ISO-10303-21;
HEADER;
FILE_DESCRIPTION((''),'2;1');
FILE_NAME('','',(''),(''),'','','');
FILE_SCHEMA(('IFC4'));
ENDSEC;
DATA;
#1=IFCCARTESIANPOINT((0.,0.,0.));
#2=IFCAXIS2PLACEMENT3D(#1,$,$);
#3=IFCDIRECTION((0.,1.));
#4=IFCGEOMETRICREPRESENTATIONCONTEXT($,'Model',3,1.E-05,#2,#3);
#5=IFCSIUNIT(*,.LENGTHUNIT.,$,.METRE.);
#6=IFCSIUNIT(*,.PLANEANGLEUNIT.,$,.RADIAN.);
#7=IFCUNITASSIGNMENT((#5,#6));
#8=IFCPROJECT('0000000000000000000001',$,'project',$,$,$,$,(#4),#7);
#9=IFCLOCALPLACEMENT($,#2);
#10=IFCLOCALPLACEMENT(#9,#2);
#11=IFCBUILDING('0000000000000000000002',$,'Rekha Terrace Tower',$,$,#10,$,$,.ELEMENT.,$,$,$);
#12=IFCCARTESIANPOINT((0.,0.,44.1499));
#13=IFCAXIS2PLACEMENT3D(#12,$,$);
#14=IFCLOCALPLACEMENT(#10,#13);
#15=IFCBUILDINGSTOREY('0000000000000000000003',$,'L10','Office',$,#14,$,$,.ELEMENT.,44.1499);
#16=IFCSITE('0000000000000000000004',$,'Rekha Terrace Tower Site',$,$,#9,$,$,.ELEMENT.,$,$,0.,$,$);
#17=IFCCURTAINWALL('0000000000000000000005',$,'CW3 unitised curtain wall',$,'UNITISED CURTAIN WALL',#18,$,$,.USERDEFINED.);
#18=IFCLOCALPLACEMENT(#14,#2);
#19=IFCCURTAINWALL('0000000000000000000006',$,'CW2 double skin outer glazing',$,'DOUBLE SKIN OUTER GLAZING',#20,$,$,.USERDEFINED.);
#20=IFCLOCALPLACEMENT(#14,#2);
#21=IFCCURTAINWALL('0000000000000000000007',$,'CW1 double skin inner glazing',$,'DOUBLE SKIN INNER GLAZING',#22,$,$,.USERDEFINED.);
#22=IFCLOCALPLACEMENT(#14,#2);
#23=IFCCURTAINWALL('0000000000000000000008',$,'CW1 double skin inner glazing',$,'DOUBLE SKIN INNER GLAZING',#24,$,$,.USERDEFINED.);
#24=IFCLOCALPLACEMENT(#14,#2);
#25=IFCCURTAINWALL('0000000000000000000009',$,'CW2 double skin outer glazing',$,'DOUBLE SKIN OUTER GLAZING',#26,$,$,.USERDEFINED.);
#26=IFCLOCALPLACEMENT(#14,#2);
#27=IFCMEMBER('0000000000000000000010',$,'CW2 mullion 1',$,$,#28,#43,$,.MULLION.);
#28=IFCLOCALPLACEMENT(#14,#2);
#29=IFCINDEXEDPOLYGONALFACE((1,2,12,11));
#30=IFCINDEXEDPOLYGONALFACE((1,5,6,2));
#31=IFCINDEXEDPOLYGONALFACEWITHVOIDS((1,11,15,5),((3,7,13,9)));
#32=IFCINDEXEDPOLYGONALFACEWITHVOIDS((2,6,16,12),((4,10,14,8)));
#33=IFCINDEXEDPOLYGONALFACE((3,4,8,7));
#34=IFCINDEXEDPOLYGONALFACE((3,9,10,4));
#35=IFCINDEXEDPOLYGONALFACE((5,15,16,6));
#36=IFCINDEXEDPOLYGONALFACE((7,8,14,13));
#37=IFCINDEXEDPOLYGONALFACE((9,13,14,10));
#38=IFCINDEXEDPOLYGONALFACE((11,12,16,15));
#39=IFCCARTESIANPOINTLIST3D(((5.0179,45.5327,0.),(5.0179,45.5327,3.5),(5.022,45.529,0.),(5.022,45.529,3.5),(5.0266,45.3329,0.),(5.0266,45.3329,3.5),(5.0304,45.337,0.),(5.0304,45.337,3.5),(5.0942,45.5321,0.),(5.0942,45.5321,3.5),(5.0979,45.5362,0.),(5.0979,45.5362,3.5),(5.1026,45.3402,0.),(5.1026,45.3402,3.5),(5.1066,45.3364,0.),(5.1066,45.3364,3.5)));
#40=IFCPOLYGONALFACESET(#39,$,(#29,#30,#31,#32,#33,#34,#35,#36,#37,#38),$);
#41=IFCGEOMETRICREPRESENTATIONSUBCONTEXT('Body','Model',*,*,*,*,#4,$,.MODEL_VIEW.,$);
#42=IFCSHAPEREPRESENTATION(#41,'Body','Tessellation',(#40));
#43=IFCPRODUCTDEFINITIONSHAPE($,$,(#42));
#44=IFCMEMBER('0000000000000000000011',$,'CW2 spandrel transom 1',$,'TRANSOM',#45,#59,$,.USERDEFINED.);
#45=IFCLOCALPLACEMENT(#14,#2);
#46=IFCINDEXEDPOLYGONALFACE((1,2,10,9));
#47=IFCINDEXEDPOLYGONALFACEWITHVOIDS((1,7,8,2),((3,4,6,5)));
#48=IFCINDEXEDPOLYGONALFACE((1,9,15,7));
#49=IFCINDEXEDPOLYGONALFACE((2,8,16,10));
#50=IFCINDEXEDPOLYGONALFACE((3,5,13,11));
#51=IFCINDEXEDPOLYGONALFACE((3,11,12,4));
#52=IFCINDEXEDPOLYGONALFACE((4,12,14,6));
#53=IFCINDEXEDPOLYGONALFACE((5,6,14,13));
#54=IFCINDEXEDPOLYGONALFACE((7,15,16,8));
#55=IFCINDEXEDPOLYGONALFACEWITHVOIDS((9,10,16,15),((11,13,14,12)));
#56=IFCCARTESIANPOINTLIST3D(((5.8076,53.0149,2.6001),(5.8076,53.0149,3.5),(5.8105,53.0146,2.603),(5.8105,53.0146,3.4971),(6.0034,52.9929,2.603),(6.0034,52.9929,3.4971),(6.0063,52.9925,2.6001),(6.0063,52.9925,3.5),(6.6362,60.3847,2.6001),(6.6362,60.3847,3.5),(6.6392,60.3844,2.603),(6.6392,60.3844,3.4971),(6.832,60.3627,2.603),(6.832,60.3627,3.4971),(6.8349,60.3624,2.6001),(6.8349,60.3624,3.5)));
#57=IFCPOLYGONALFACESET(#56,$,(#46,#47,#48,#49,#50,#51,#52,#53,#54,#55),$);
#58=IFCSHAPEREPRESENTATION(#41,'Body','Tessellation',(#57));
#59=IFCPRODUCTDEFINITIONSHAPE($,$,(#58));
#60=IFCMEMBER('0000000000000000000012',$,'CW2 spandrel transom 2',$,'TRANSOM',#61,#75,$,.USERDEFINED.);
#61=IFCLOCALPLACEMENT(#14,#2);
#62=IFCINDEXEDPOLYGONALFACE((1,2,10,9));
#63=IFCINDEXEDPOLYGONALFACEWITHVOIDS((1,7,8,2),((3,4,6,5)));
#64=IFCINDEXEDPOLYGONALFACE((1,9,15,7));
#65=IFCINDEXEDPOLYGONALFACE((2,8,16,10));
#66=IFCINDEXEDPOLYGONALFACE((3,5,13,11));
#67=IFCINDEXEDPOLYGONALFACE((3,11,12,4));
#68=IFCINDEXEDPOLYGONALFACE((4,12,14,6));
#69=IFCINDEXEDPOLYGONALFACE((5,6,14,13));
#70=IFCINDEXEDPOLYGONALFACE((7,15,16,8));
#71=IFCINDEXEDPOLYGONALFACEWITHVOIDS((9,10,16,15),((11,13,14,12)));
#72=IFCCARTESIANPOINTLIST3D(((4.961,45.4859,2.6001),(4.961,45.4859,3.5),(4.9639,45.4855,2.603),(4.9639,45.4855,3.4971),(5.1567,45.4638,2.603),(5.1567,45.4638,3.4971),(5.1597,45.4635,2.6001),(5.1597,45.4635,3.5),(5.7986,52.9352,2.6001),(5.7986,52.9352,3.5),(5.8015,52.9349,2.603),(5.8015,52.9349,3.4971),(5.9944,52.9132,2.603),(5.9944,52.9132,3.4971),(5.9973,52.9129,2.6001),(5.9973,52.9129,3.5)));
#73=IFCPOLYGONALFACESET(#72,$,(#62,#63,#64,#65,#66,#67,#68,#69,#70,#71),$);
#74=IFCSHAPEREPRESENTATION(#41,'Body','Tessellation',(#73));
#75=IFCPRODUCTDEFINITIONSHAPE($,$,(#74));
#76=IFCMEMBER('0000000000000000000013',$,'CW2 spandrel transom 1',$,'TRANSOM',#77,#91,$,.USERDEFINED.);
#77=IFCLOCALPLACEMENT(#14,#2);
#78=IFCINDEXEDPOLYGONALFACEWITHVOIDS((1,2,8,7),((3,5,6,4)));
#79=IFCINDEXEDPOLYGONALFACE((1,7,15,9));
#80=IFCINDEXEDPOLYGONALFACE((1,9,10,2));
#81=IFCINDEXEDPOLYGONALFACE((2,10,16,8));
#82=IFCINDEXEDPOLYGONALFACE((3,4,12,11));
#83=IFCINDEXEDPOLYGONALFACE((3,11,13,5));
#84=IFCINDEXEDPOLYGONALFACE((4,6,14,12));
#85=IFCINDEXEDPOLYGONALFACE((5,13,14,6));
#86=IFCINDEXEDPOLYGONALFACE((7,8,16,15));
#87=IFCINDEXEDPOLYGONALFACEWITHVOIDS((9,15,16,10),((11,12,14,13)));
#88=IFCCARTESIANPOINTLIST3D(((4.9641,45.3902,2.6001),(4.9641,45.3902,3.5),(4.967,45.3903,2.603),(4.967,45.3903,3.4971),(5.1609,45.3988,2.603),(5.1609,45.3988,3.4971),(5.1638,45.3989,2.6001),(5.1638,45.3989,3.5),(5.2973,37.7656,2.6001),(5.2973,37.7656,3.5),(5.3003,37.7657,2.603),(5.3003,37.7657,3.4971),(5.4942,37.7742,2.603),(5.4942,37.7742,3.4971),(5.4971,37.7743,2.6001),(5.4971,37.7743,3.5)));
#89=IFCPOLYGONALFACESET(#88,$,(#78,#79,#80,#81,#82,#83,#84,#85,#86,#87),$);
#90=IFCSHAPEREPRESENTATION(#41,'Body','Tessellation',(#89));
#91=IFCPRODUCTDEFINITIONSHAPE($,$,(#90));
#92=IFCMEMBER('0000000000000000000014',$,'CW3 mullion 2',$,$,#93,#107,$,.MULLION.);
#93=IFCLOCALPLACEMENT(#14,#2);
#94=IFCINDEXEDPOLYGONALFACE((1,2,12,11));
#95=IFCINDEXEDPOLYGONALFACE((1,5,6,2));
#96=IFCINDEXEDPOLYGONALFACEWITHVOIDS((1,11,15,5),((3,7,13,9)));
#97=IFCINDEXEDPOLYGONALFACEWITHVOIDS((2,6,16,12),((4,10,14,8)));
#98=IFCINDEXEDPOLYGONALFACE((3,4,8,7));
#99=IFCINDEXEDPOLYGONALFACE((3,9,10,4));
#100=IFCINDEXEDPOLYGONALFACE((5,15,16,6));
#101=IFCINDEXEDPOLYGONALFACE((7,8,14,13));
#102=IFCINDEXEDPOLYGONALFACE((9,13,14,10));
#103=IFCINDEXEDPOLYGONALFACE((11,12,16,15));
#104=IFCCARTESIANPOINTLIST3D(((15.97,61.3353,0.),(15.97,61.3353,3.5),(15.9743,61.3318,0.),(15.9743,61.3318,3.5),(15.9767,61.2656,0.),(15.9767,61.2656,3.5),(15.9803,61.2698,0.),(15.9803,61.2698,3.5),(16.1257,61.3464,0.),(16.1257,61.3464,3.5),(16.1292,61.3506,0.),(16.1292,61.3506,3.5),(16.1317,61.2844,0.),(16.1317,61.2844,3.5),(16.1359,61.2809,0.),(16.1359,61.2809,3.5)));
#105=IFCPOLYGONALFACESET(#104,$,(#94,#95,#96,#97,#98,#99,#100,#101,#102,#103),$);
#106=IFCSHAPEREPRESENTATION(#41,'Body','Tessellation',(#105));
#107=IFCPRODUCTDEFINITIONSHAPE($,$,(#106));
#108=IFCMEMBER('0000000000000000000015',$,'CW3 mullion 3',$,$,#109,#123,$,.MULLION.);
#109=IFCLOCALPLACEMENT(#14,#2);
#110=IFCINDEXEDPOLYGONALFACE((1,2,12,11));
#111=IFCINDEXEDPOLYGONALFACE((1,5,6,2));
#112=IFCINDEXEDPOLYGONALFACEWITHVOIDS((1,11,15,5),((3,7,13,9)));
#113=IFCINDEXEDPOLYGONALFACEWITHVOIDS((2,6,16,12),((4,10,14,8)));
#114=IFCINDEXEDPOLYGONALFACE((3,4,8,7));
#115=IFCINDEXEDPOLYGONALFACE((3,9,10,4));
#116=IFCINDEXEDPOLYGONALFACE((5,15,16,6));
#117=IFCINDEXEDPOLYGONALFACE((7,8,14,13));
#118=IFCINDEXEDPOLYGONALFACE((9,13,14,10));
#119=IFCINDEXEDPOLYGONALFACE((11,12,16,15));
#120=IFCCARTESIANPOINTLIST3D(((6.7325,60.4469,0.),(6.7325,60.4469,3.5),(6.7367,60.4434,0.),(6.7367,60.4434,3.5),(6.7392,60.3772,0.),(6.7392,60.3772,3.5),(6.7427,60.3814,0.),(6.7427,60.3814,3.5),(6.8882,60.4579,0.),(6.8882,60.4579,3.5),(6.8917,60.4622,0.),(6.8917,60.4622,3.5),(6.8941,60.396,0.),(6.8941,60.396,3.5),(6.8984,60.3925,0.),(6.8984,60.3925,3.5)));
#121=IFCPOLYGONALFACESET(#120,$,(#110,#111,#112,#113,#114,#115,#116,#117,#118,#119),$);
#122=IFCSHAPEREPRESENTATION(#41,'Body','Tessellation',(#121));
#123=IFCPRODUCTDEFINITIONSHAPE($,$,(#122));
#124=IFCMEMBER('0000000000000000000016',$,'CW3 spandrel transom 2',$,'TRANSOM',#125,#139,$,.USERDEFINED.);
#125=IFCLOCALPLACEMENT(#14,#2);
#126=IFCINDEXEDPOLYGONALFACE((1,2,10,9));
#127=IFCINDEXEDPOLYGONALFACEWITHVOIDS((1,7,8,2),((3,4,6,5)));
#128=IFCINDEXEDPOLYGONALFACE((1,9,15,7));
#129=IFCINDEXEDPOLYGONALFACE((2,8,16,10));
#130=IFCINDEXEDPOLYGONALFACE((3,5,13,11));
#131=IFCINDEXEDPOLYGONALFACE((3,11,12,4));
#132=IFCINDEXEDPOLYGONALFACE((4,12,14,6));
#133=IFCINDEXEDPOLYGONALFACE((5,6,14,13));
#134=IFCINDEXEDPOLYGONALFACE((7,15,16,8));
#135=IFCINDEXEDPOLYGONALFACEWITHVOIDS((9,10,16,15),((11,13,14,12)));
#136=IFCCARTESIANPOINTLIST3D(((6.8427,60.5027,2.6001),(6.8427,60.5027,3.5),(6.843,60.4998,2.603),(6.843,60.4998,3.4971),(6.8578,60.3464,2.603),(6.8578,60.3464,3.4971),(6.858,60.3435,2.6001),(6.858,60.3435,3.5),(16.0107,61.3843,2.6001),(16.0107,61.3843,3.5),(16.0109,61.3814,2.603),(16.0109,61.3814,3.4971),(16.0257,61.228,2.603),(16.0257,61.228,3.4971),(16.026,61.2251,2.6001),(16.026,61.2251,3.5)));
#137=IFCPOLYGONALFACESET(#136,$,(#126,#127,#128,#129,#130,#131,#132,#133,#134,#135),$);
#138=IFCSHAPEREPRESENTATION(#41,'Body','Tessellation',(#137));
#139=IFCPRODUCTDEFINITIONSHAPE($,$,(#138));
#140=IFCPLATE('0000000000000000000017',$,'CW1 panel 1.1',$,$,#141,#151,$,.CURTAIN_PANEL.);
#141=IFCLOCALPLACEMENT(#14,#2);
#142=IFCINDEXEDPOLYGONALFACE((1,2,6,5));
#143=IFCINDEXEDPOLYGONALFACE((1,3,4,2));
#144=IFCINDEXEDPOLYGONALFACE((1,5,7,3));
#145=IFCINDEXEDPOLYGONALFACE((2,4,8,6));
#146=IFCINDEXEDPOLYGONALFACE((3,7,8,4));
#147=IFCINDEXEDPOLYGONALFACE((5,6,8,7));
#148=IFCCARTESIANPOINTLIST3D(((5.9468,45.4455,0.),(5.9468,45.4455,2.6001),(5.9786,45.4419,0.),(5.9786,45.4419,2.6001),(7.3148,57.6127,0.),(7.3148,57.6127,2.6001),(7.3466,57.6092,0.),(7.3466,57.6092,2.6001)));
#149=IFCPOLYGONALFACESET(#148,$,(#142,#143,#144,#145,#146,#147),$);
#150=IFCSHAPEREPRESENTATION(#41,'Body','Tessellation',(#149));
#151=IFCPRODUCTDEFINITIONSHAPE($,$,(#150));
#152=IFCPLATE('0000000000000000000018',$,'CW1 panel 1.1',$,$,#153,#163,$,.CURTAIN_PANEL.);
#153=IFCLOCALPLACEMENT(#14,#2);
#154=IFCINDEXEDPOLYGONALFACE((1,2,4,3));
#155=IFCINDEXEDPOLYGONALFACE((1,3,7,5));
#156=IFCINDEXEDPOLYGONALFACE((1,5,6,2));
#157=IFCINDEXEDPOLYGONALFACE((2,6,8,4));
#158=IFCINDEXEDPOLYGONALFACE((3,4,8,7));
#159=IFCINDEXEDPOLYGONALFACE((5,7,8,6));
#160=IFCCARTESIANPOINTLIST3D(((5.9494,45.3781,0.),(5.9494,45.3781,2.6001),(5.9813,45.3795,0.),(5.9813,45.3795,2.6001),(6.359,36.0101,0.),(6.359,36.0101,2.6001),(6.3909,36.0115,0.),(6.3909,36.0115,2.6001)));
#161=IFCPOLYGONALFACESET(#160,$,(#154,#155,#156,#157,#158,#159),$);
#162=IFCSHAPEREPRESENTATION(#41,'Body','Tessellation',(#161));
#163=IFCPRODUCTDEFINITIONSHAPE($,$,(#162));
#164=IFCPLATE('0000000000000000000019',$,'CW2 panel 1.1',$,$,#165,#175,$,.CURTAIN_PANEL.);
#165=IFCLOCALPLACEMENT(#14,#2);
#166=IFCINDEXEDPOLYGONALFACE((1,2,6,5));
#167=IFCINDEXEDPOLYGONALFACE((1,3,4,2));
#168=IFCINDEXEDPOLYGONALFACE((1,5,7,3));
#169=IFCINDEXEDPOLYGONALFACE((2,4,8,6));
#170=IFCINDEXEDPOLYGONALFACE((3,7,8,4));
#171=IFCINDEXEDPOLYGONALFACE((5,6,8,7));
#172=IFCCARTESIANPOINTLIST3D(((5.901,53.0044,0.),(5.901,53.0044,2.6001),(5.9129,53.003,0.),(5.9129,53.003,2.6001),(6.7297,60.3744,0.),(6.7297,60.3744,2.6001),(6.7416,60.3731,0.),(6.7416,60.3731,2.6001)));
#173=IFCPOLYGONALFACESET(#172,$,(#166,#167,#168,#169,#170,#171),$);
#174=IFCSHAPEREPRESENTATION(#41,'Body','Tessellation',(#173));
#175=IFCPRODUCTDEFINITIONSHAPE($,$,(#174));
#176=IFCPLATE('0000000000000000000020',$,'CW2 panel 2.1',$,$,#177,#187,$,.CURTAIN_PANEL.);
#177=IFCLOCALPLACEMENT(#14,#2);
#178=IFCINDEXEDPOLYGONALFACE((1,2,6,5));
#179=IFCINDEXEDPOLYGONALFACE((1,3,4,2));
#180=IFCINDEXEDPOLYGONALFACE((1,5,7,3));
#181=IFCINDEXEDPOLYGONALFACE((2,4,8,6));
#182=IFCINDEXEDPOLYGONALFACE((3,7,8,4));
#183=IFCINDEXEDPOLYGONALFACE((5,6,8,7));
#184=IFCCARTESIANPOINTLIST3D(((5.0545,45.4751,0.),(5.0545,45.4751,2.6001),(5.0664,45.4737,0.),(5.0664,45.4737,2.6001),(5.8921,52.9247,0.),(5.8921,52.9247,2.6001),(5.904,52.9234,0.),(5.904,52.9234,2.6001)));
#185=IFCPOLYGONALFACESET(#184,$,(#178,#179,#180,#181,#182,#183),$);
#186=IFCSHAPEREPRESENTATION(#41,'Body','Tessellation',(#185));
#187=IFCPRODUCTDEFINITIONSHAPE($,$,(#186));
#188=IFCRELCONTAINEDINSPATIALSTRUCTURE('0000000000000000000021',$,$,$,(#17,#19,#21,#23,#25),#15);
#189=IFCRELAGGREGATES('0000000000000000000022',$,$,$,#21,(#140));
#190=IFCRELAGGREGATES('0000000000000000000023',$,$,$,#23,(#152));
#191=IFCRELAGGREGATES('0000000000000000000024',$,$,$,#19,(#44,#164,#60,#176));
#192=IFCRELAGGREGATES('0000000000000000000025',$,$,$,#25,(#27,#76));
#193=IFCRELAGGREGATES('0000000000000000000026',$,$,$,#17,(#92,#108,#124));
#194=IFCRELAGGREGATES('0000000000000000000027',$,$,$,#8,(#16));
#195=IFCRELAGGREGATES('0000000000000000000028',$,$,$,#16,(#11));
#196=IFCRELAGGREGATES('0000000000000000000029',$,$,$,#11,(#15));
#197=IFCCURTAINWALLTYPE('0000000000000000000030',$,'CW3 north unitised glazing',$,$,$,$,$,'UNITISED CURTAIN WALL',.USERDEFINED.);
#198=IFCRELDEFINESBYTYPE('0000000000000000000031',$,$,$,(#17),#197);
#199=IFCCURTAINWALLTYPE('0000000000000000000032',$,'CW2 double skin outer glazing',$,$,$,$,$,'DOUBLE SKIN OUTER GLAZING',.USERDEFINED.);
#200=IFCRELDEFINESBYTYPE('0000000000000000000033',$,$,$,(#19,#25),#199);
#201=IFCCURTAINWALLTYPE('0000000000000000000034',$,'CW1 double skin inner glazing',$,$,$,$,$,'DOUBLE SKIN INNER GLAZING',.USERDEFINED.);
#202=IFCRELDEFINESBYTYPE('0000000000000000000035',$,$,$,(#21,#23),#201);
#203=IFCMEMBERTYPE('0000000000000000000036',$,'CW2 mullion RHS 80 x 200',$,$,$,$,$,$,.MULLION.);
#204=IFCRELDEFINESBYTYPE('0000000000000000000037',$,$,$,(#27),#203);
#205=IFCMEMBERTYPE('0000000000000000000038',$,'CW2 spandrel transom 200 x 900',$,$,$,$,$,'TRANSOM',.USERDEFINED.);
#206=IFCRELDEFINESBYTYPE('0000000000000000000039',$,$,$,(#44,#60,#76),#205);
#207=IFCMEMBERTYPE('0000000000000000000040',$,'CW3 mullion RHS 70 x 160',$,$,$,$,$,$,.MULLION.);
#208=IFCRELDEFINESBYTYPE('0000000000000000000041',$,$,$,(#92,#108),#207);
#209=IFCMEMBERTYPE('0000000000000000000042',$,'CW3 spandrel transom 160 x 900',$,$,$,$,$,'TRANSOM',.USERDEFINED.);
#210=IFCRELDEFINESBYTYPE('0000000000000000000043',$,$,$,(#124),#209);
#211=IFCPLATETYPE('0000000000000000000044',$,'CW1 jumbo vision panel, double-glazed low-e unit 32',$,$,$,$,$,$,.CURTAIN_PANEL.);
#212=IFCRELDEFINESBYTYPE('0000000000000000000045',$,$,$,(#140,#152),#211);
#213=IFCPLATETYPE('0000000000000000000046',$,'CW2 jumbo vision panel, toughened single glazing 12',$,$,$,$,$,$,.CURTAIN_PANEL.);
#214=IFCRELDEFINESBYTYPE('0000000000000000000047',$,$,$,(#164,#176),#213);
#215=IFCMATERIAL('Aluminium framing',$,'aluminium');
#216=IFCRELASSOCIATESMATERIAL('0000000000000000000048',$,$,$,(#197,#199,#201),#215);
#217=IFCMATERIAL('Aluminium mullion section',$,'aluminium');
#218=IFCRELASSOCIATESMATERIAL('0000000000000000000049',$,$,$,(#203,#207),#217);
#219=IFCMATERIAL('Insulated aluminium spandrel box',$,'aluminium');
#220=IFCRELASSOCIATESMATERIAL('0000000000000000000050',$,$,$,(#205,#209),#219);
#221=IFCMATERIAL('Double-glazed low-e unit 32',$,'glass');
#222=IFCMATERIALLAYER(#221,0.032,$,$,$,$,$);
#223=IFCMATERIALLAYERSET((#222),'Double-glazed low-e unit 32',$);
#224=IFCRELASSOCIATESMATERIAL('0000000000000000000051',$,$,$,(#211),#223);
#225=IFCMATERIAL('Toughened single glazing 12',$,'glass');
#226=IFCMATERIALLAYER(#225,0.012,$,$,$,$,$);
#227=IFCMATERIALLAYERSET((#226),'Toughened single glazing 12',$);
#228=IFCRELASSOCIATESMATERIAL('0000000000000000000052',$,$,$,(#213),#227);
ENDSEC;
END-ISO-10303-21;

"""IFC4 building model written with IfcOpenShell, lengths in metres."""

from ifc_helpers import new_model, si_unit, direction, frame, origin, origin_2d, place, context, subcontext, project, spatial, rectangle, hollow_rectangle, extrude, material, layer, layer_set, material_profile, profile_set, type_object, element, aggregate, save


model = new_model("IFC4")

# Units and contexts
model_context = context("Model", 3, precision=1e-05, world=origin(), true_north=direction((0.0, 1.0)))
body_context = subcontext(model_context, "Body", "Model", "MODEL_VIEW")
ifc_project = project(units=[si_unit("LENGTHUNIT", "METRE"), si_unit("PLANEANGLEUNIT", "RADIAN")], contexts=[model_context])

# Site, building, storey
site_placement = place(None, origin())
site = spatial("IfcSite", under=ifc_project, at=site_placement, Name="Rekha Terrace Tower Site", CompositionType="ELEMENT", RefElevation=0.0)
building_placement = place(site_placement, origin())
building = spatial("IfcBuilding", under=site, at=building_placement, Name="Rekha Terrace Tower", CompositionType="ELEMENT")
storey_placement = place(building_placement, frame((0.0, 0.0, 44.1499)))
storey = spatial("IfcBuildingStorey", under=building, at=storey_placement, Name="L10", Description="Office", CompositionType="ELEMENT", Elevation=44.1499)

# Curtain walls
ifc_material_1 = material(Name="Aluminium framing", Category="aluminium")
curtain_wall_type_1 = type_object("IfcCurtainWallType", Name="CW3 north unitised glazing", ElementType="UNITISED CURTAIN WALL", PredefinedType="USERDEFINED", material=ifc_material_1)
curtain_wall_1_placement = place(storey_placement, origin())
curtain_wall_1 = element("IfcCurtainWall", 1, at=curtain_wall_1_placement, inside=storey, type_object=curtain_wall_type_1, Name="CW3 unitised curtain wall", ObjectType="UNITISED CURTAIN WALL", PredefinedType="USERDEFINED")
curtain_wall_type_2 = type_object("IfcCurtainWallType", Name="CW2 double skin outer glazing", ElementType="DOUBLE SKIN OUTER GLAZING", PredefinedType="USERDEFINED", material=ifc_material_1)
curtain_wall_2_placement = place(storey_placement, origin())
curtain_wall_2 = element("IfcCurtainWall", 2, at=curtain_wall_2_placement, inside=storey, type_object=curtain_wall_type_2, Name="CW2 double skin outer glazing", ObjectType="DOUBLE SKIN OUTER GLAZING", PredefinedType="USERDEFINED")
curtain_wall_type_3 = type_object("IfcCurtainWallType", Name="CW1 double skin inner glazing", ElementType="DOUBLE SKIN INNER GLAZING", PredefinedType="USERDEFINED", material=ifc_material_1)
curtain_wall_3_placement = place(storey_placement, origin())
curtain_wall_3 = element("IfcCurtainWall", 3, at=curtain_wall_3_placement, inside=storey, type_object=curtain_wall_type_3, Name="CW1 double skin inner glazing", ObjectType="DOUBLE SKIN INNER GLAZING", PredefinedType="USERDEFINED")
ifc_material_2 = material(Name="Aluminium mullion section", Category="aluminium")
curtain_wall_4_placement = place(storey_placement, origin())
curtain_wall_4 = element("IfcCurtainWall", 4, at=curtain_wall_4_placement, inside=storey, type_object=curtain_wall_type_3, Name="CW1 double skin inner glazing", ObjectType="DOUBLE SKIN INNER GLAZING", PredefinedType="USERDEFINED")

# Shared definitions
ifc_material_3 = material(Name="Insulated aluminium spandrel box", Category="aluminium")
ifc_material_profile_1 = material_profile(ifc_material_2, hollow_rectangle(XDim=0.0801, YDim=0.2, WallThickness=0.0039, at=origin_2d()), Name="AL RHS 80x200")
ifc_profile_set_1 = profile_set([ifc_material_profile_1], Name="Aluminium mullion section")
member_type_1 = type_object("IfcMemberType", Name="CW2 mullion RHS 80 x 200", PredefinedType="MULLION", material=ifc_profile_set_1)

# Curtain wall, member
curtain_wall_5_placement = place(storey_placement, origin())
curtain_wall_5 = element("IfcCurtainWall", 5, at=curtain_wall_5_placement, inside=storey, type_object=curtain_wall_type_2, Name="CW2 double skin outer glazing", ObjectType="DOUBLE SKIN OUTER GLAZING", PredefinedType="USERDEFINED")
member_1_placement = place(storey_placement, frame((5.0623, 45.4346, 0.0), z_axis=(0.0, 0.0, 1.0), x_axis=(0.999045, 0.043683, 0.0)))
member_1 = element("IfcMember", 6, at=member_1_placement, type_object=member_type_1, Name="CW2 mullion 1", PredefinedType="MULLION", context=body_context, shape_type="SweptSolid", body=[
    extrude(hollow_rectangle(XDim=0.0801, YDim=0.2, WallThickness=0.0039, at=origin_2d()), origin(), (0.0, 0.0, 1.0), 3.5),
])

# Members
ifc_material_profile_2 = material_profile(ifc_material_3, hollow_rectangle(XDim=0.2, YDim=0.8999, WallThickness=0.0029, at=origin_2d()), Name="AL SPANDREL BOX 200x900")
ifc_profile_set_2 = profile_set([ifc_material_profile_2], Name="Insulated aluminium spandrel box")
member_type_2 = type_object("IfcMemberType", Name="CW2 spandrel transom 200 x 900", ElementType="TRANSOM", PredefinedType="USERDEFINED", material=ifc_profile_set_2)
member_2_placement = place(storey_placement, frame((6.7356, 60.3735, 3.05), z_axis=(-0.111729, -0.993739, 0.0), x_axis=(0.993739, -0.111729, 0.0)))
member_2 = element("IfcMember", 7, at=member_2_placement, type_object=member_type_2, Name="CW2 spandrel transom 1", ObjectType="TRANSOM", PredefinedType="USERDEFINED", context=body_context, shape_type="SweptSolid", body=[
    extrude(hollow_rectangle(XDim=0.2, YDim=0.8999, WallThickness=0.0029, at=origin_2d()), origin(), (0.0, 0.0, 1.0), 7.4163),
])
member_3_placement = place(storey_placement, frame((5.8979, 52.9241, 3.05), z_axis=(-0.11174, -0.993738, 0.0), x_axis=(0.993738, -0.11174, 0.0)))
member_3 = element("IfcMember", 8, at=member_3_placement, type_object=member_type_2, Name="CW2 spandrel transom 2", ObjectType="TRANSOM", PredefinedType="USERDEFINED", context=body_context, shape_type="SweptSolid", body=[
    extrude(hollow_rectangle(XDim=0.2, YDim=0.8999, WallThickness=0.0029, at=origin_2d()), origin(), (0.0, 0.0, 1.0), 7.4963),
])
member_4_placement = place(storey_placement, frame((5.064, 45.3945, 3.05), z_axis=(0.043666, -0.999046, 0.0), x_axis=(0.999046, 0.043666, 0.0)))
member_4 = element("IfcMember", 9, at=member_4_placement, type_object=member_type_2, Name="CW2 spandrel transom 1", ObjectType="TRANSOM", PredefinedType="USERDEFINED", context=body_context, shape_type="SweptSolid", body=[
    extrude(hollow_rectangle(XDim=0.2, YDim=0.8999, WallThickness=0.0029, at=origin_2d()), origin(), (0.0, 0.0, 1.0), 7.6318),
])
ifc_material_profile_3 = material_profile(ifc_material_2, hollow_rectangle(XDim=0.0701, YDim=0.1599, WallThickness=0.0039, at=origin_2d()), Name="AL RHS 70x160")
ifc_profile_set_3 = profile_set([ifc_material_profile_3], Name="Aluminium mullion section")
member_type_3 = type_object("IfcMemberType", Name="CW3 mullion RHS 70 x 160", PredefinedType="MULLION", material=ifc_profile_set_3)
member_5_placement = place(storey_placement, frame((16.053, 61.3081, 0.0), z_axis=(0.0, 0.0, 1.0), x_axis=(0.095712, -0.995409, 0.0)))
member_5 = element("IfcMember", 10, at=member_5_placement, type_object=member_type_3, Name="CW3 mullion 2", PredefinedType="MULLION", context=body_context, shape_type="SweptSolid", body=[
    extrude(hollow_rectangle(XDim=0.0701, YDim=0.1599, WallThickness=0.0039, at=origin_2d()), origin(), (0.0, 0.0, 1.0), 3.5),
])
member_6_placement = place(storey_placement, frame((6.8154, 60.4197, 0.0), z_axis=(0.0, 0.0, 1.0), x_axis=(0.095712, -0.995409, 0.0)))
member_6 = element("IfcMember", 11, at=member_6_placement, type_object=member_type_3, Name="CW3 mullion 3", PredefinedType="MULLION", context=body_context, shape_type="SweptSolid", body=[
    extrude(hollow_rectangle(XDim=0.0701, YDim=0.1599, WallThickness=0.0039, at=origin_2d()), origin(), (0.0, 0.0, 1.0), 3.5),
])
ifc_material_profile_4 = material_profile(ifc_material_3, hollow_rectangle(XDim=0.1599, YDim=0.8999, WallThickness=0.0029, at=origin_2d()), Name="AL SPANDREL BOX 160x900")
ifc_profile_set_4 = profile_set([ifc_material_profile_4], Name="Insulated aluminium spandrel box")
member_type_4 = type_object("IfcMemberType", Name="CW3 spandrel transom 160 x 900", ElementType="TRANSOM", PredefinedType="USERDEFINED", material=ifc_profile_set_4)
member_7_placement = place(storey_placement, frame((16.0183, 61.3047, 3.05), z_axis=(-0.995408, -0.095718, 0.0), x_axis=(0.095718, -0.995408, 0.0)))
member_7 = element("IfcMember", 12, at=member_7_placement, type_object=member_type_4, Name="CW3 spandrel transom 2", ObjectType="TRANSOM", PredefinedType="USERDEFINED", context=body_context, shape_type="SweptSolid", body=[
    extrude(hollow_rectangle(XDim=0.1599, YDim=0.8999, WallThickness=0.0029, at=origin_2d()), origin(), (0.0, 0.0, 1.0), 9.2102),
])

# Plates
ifc_material_4 = material(Name="Double-glazed low-e unit 32", Category="glass")
ifc_layer_1 = layer(ifc_material_4, 0.032)
ifc_layer_set_1 = layer_set([ifc_layer_1], Name="Double-glazed low-e unit 32")
plate_type_1 = type_object("IfcPlateType", Name="CW1 jumbo vision panel, double-glazed low-e unit 32", PredefinedType="CURTAIN_PANEL", material=ifc_layer_set_1)
plate_1_placement = place(storey_placement, frame((6.6467, 51.5273, 0.0), z_axis=(0.0, 0.0, 1.0), x_axis=(-0.11173, -0.993739, 0.0)))
plate_1 = element("IfcPlate", 13, at=plate_1_placement, type_object=plate_type_1, Name="CW1 panel 1.1", PredefinedType="CURTAIN_PANEL", context=body_context, shape_type="SweptSolid", body=[
    extrude(rectangle(XDim=12.2439, YDim=0.032, at=origin_2d()), origin(), (0.0, 0.0, 1.0), 2.6001),
])
aggregate(curtain_wall_3, [plate_1])
plate_2_placement = place(storey_placement, frame((6.1702, 40.6948, 0.0), z_axis=(0.0, 0.0, 1.0), x_axis=(0.043683, -0.999045, 0.0)))
plate_2 = element("IfcPlate", 14, at=plate_2_placement, type_object=plate_type_1, Name="CW1 panel 1.1", PredefinedType="CURTAIN_PANEL", context=body_context, shape_type="SweptSolid", body=[
    extrude(rectangle(XDim=9.377, YDim=0.032, at=origin_2d()), origin(), (0.0, 0.0, 1.0), 2.6001),
])
aggregate(curtain_wall_4, [plate_2])
ifc_material_5 = material(Name="Toughened single glazing 12", Category="glass")
ifc_layer_2 = layer(ifc_material_5, 0.012)
ifc_layer_set_2 = layer_set([ifc_layer_2], Name="Toughened single glazing 12")
plate_type_2 = type_object("IfcPlateType", Name="CW2 jumbo vision panel, toughened single glazing 12", PredefinedType="CURTAIN_PANEL", material=ifc_layer_set_2)
plate_3_placement = place(storey_placement, frame((6.3213, 56.6887, 0.0), z_axis=(0.0, 0.0, 1.0), x_axis=(-0.11173, -0.993739, 0.0)))
plate_3 = element("IfcPlate", 15, at=plate_3_placement, type_object=plate_type_2, Name="CW2 panel 1.1", PredefinedType="CURTAIN_PANEL", context=body_context, shape_type="SweptSolid", body=[
    extrude(rectangle(XDim=7.4165, YDim=0.012, at=origin_2d()), origin(), (0.0, 0.0, 1.0), 2.6001),
])
plate_4_placement = place(storey_placement, frame((5.4792, 49.1992, 0.0), z_axis=(0.0, 0.0, 1.0), x_axis=(-0.11173, -0.993739, 0.0)))
plate_4 = element("IfcPlate", 16, at=plate_4_placement, type_object=plate_type_2, Name="CW2 panel 2.1", PredefinedType="CURTAIN_PANEL", context=body_context, shape_type="SweptSolid", body=[
    extrude(rectangle(XDim=7.4966, YDim=0.012, at=origin_2d()), origin(), (0.0, 0.0, 1.0), 2.6001),
])
aggregate(curtain_wall_2, [member_2, plate_3, member_3, plate_4])
aggregate(curtain_wall_5, [member_1, member_4])
aggregate(curtain_wall_1, [member_5, member_6, member_7])

save(model, "model.ifc")
